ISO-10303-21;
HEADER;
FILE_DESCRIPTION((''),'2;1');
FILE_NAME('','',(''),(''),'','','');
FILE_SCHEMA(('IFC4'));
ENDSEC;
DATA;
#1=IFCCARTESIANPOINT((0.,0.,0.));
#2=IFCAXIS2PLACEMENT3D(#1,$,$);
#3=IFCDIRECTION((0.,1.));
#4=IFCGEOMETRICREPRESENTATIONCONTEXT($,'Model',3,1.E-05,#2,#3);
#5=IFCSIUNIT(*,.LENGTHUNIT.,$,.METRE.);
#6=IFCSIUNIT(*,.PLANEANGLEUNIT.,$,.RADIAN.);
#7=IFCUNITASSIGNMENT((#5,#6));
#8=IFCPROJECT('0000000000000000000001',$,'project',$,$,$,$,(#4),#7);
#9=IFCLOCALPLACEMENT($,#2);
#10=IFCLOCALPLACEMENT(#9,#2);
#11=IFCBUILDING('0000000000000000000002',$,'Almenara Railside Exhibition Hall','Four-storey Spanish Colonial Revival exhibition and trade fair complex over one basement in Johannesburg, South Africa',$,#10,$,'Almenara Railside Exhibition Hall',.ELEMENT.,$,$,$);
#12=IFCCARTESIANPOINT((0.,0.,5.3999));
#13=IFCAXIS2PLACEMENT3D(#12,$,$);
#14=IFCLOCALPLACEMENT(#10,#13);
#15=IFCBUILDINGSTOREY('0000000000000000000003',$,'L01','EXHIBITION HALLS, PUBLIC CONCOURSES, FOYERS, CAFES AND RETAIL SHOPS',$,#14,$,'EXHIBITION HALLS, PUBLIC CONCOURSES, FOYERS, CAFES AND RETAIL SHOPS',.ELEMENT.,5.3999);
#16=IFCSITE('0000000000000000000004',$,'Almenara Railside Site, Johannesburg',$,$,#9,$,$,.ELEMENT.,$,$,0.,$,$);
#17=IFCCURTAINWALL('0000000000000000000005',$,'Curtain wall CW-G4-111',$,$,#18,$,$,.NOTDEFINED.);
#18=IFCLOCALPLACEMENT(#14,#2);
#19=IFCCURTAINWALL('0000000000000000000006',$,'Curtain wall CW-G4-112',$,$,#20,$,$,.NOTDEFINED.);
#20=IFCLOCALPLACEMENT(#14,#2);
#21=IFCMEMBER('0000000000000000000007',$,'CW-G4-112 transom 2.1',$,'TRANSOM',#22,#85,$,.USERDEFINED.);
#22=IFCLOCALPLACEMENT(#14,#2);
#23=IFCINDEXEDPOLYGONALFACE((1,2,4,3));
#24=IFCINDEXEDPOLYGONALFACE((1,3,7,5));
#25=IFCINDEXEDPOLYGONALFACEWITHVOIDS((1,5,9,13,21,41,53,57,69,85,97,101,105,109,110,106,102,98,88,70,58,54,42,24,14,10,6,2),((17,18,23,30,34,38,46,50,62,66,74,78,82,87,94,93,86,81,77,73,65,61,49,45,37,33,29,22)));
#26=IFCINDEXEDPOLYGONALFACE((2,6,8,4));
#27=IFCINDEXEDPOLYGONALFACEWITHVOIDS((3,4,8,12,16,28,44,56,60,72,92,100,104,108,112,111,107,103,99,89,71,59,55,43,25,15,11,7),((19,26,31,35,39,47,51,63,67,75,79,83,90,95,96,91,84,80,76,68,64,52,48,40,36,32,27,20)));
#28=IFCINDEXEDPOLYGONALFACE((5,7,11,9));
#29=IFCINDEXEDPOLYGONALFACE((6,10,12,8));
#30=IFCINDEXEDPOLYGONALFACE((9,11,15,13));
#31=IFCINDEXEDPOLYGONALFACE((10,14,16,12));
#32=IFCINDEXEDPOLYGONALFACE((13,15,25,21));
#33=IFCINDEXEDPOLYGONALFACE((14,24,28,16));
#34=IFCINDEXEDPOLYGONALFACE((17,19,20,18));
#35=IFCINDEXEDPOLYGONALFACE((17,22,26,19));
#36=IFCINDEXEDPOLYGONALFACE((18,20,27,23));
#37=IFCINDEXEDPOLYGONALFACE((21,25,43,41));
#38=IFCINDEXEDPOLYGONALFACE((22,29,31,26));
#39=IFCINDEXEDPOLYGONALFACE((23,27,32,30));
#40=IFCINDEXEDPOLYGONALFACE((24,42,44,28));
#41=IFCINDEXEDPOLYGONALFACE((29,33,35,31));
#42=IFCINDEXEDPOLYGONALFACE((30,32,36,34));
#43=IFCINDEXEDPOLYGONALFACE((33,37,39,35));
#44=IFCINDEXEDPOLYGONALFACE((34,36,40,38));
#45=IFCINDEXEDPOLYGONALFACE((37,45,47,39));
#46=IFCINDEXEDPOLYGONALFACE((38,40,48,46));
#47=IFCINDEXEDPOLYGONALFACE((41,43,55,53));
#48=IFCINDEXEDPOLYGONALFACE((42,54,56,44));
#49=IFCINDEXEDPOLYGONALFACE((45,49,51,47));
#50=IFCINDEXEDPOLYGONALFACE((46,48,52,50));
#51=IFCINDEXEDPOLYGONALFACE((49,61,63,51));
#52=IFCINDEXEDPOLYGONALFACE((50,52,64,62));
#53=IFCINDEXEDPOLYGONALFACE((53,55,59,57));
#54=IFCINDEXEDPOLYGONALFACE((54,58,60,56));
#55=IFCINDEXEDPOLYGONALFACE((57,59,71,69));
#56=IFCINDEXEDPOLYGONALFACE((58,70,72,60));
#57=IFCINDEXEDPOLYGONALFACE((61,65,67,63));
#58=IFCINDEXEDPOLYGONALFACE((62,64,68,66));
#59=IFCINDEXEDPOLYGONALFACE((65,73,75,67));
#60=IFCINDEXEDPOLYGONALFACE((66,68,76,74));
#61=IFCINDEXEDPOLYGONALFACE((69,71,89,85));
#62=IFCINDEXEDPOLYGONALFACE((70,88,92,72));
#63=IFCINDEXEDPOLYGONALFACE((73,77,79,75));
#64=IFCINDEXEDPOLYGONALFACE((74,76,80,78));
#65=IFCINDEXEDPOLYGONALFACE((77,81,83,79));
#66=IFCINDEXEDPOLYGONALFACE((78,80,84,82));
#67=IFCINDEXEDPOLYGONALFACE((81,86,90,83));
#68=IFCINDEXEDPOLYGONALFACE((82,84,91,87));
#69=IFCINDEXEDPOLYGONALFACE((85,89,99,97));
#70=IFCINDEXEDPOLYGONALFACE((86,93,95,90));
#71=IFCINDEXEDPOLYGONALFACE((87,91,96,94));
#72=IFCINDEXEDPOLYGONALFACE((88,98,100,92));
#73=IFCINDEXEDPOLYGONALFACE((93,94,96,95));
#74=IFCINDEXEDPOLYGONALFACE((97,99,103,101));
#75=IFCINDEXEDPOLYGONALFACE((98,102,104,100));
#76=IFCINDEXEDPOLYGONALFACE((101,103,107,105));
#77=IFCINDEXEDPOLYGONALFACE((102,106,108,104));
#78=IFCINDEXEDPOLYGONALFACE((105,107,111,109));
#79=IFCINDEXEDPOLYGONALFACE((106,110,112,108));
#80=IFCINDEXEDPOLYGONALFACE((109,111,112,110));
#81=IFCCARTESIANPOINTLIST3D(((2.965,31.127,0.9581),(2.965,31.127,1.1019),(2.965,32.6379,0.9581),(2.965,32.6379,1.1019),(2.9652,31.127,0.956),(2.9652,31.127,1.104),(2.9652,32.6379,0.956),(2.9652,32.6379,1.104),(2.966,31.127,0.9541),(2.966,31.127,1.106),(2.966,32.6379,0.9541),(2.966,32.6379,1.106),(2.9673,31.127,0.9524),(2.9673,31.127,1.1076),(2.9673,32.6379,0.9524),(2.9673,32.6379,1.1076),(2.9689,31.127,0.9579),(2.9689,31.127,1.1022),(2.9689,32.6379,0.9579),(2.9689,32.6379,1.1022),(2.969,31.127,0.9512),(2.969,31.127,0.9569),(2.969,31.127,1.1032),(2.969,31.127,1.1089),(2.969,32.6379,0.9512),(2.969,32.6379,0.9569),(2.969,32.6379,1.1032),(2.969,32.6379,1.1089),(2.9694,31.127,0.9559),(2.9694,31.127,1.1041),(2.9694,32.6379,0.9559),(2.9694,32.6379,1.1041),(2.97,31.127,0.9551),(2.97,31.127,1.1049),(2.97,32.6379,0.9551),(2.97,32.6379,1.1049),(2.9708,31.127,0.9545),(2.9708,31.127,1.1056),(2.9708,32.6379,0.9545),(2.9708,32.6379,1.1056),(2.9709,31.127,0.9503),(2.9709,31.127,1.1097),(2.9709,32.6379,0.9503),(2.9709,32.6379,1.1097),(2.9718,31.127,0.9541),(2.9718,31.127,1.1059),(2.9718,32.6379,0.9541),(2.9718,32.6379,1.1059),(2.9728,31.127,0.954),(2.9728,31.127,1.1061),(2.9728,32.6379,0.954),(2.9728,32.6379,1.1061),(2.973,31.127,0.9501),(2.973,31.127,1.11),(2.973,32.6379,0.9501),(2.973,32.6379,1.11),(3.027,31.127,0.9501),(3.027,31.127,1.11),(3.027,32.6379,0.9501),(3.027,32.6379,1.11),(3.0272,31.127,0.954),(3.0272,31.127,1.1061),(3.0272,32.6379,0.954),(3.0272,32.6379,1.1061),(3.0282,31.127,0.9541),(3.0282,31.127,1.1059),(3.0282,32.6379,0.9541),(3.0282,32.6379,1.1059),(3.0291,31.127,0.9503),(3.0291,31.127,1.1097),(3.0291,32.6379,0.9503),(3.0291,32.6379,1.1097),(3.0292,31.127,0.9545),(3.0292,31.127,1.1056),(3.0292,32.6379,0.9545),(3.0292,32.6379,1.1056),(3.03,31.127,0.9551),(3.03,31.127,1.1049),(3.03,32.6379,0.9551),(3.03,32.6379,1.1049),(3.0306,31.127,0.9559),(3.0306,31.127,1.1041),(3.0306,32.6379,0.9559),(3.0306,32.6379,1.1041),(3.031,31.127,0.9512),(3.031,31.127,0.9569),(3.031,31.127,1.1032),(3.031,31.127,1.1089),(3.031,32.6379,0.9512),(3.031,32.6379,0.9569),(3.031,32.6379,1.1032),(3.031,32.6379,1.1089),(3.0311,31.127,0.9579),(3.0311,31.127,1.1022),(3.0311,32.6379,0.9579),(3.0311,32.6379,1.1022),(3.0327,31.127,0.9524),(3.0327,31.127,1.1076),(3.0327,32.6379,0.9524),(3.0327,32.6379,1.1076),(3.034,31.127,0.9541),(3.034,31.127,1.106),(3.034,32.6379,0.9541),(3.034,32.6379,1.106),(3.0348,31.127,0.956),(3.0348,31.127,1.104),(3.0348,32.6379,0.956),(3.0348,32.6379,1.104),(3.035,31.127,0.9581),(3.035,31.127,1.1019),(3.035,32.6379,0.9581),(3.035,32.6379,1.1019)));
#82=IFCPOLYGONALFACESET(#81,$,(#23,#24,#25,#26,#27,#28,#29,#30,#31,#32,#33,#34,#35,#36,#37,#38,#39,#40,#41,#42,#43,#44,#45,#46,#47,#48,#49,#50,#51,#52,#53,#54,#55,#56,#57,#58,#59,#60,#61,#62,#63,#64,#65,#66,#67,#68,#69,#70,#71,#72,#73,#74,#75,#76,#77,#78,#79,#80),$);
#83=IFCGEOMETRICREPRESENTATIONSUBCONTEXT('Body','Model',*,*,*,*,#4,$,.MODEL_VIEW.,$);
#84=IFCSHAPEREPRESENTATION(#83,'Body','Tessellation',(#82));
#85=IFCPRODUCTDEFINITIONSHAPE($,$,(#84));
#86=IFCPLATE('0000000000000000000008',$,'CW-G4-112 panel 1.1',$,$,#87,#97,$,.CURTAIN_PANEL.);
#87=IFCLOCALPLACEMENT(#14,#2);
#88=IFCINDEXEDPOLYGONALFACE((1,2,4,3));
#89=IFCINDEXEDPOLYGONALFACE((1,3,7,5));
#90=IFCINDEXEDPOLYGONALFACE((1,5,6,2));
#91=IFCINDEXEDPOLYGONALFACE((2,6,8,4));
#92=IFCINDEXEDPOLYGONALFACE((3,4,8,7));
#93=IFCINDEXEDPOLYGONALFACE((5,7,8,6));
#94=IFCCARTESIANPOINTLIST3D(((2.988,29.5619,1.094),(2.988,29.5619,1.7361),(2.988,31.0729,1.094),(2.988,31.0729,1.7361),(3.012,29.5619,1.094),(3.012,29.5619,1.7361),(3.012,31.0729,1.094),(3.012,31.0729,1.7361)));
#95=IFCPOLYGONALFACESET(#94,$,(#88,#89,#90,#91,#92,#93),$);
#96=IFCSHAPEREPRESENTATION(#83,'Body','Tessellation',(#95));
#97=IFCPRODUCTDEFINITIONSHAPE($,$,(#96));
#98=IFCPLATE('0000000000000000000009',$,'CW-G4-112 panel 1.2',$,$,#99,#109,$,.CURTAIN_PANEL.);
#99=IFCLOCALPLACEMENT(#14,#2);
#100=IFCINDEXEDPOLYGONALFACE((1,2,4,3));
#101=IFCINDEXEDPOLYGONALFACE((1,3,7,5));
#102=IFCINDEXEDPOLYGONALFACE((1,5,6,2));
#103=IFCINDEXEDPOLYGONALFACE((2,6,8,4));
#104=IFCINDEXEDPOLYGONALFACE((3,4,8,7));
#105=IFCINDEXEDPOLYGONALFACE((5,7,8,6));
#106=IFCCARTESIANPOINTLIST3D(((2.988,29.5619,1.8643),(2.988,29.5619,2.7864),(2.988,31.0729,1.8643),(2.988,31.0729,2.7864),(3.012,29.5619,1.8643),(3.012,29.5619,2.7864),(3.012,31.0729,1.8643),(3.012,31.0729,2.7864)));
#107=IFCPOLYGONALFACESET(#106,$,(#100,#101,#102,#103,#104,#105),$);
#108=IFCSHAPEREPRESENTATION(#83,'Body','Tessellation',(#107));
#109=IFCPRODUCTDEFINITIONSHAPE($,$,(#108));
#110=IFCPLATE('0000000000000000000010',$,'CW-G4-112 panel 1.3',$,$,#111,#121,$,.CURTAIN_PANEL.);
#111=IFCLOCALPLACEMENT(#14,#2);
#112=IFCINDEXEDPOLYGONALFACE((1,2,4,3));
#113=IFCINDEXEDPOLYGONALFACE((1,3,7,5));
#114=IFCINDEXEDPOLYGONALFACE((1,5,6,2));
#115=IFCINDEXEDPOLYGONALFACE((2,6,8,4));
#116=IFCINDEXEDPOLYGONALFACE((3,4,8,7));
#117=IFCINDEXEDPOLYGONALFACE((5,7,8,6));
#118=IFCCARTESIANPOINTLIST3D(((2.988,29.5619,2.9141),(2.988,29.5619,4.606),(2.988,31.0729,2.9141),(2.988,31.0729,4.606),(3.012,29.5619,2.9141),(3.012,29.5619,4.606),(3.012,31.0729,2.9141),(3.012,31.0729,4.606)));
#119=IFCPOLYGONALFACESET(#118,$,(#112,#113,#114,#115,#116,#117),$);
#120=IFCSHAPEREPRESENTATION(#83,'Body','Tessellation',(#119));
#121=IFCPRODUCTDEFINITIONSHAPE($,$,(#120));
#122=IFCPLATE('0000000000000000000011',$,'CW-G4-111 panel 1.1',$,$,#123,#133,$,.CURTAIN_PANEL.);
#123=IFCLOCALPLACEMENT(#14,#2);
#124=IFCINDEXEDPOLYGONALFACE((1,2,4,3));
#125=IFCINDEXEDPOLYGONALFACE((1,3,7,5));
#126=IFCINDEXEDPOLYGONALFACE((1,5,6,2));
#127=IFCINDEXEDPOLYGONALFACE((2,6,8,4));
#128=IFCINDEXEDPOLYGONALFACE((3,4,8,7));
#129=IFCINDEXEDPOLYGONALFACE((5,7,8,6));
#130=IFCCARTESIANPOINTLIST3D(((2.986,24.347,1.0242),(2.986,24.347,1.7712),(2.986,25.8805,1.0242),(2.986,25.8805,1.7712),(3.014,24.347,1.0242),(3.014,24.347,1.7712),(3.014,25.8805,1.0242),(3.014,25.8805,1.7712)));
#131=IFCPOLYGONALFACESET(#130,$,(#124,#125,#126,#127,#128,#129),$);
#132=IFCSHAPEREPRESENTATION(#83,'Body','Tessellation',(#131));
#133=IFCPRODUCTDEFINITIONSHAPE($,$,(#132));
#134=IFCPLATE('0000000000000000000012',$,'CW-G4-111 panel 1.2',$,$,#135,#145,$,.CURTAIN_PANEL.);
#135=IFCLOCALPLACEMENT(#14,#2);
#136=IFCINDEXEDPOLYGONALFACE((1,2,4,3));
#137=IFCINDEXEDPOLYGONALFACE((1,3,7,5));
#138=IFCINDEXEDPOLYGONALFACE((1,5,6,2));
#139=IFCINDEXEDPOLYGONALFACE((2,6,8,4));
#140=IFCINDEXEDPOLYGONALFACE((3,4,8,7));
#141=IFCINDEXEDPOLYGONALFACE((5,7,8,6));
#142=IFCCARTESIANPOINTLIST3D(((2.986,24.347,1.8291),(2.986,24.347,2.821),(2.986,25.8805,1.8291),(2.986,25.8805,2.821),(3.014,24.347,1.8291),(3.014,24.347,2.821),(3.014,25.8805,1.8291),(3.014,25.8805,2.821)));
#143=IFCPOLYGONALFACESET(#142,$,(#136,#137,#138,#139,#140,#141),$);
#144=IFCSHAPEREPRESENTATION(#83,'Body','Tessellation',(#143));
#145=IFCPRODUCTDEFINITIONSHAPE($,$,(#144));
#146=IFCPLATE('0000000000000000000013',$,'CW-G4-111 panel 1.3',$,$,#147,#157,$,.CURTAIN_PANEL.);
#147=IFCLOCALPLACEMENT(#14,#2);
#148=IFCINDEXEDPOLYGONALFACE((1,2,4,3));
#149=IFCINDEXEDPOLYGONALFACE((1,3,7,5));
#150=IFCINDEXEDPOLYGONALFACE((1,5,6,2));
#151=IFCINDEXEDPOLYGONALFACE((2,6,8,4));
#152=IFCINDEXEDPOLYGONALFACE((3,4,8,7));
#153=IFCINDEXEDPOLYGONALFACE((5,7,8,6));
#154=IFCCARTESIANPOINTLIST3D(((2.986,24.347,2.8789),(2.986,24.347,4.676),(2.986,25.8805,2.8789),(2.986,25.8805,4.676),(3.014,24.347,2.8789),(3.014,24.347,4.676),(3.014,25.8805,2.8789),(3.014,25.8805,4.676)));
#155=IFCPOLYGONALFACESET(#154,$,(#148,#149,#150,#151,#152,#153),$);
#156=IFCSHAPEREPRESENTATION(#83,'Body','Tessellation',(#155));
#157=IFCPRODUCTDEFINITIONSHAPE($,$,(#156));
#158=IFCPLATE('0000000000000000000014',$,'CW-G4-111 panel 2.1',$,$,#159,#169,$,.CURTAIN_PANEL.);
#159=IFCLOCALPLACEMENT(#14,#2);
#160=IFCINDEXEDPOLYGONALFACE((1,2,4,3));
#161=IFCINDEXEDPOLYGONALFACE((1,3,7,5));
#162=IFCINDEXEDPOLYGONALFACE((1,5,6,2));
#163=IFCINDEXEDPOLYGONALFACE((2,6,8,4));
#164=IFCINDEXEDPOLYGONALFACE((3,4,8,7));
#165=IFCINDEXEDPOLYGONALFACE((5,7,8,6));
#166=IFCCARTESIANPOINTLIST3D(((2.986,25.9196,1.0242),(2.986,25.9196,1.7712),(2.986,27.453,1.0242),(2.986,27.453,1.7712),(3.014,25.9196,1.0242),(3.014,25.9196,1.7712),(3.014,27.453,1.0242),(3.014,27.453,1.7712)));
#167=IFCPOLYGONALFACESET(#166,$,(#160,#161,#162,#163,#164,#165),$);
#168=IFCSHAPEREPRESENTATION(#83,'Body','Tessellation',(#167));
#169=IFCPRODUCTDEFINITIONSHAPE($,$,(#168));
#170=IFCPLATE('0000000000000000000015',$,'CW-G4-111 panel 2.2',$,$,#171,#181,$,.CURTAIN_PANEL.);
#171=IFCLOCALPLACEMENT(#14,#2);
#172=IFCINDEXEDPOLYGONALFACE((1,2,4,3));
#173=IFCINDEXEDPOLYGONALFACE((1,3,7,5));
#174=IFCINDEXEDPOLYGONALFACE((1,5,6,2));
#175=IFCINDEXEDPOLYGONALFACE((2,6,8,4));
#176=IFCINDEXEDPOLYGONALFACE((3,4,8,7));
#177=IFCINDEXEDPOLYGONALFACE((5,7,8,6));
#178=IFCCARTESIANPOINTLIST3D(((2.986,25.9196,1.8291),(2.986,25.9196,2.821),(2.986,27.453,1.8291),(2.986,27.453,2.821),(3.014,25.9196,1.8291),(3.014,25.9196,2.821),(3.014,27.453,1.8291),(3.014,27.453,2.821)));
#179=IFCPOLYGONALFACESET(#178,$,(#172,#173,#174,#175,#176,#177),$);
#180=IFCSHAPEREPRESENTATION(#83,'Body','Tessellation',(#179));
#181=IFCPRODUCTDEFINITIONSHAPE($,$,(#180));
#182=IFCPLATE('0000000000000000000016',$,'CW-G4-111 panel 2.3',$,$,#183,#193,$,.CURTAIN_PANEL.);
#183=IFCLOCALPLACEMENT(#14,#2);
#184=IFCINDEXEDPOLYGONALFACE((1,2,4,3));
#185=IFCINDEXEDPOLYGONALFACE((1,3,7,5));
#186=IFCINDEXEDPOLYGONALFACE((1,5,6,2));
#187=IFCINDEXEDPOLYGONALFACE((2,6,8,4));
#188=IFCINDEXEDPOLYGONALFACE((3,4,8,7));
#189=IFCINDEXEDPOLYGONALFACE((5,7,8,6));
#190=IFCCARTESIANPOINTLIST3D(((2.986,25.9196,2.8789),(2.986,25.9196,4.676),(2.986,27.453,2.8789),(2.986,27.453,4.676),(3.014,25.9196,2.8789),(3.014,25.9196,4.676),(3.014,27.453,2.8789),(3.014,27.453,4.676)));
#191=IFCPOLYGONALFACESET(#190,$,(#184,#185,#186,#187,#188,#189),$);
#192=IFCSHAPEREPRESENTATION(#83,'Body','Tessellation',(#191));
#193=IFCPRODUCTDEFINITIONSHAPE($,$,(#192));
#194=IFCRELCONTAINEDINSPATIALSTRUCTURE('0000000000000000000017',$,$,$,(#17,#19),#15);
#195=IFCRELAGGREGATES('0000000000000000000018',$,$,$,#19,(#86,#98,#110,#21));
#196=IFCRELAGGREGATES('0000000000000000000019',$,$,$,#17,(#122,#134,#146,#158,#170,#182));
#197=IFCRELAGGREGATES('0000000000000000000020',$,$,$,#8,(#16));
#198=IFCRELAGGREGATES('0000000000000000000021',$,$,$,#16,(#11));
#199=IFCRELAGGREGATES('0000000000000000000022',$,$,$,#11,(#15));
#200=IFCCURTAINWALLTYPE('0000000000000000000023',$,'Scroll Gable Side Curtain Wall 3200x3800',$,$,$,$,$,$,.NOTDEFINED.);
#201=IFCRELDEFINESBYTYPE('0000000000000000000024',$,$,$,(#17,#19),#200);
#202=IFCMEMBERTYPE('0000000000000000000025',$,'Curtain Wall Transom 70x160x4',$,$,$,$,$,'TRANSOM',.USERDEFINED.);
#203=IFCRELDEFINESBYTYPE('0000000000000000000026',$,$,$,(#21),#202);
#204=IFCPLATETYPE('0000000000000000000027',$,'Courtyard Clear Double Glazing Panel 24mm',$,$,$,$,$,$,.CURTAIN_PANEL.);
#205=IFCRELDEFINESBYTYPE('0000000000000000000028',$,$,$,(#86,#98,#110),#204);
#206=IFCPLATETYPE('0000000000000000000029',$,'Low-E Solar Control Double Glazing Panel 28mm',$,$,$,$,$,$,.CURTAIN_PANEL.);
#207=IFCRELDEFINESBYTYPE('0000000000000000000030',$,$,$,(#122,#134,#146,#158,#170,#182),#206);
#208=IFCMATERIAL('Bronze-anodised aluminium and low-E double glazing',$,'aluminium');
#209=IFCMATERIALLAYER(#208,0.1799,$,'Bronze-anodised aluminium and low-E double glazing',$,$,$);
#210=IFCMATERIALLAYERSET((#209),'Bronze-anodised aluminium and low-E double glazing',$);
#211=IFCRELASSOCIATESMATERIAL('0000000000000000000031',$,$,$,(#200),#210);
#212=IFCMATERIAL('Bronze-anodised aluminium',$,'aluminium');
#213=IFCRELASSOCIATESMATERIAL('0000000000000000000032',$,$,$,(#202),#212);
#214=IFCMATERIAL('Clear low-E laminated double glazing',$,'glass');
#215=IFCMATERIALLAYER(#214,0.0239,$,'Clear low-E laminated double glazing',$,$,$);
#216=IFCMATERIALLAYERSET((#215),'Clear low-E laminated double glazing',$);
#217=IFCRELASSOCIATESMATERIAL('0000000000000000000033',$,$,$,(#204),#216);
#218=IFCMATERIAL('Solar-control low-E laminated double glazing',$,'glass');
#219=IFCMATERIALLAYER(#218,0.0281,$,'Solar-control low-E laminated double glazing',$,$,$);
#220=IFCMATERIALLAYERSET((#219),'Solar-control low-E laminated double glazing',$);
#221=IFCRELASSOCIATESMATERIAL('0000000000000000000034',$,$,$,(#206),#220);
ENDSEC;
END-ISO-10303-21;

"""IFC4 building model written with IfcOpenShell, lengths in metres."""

from ifc_helpers import new_model, si_unit, direction, frame, origin, origin_2d, place, context, subcontext, project, spatial, rectangle, hollow_rectangle, extrude, material, layer, layer_set, material_profile, profile_set, type_object, element, aggregate, save


model = new_model("IFC4")

# Units and contexts
model_context = context("Model", 3, precision=1e-05, world=origin(), true_north=direction((0.0, 1.0)))
body_context = subcontext(model_context, "Body", "Model", "MODEL_VIEW")
ifc_project = project(units=[si_unit("LENGTHUNIT", "METRE"), si_unit("PLANEANGLEUNIT", "RADIAN")], contexts=[model_context])

# Site, building, storey
site_placement = place(None, origin())
site = spatial("IfcSite", under=ifc_project, at=site_placement, Name="Almenara Railside Site, Johannesburg", CompositionType="ELEMENT", RefElevation=0.0)
building_placement = place(site_placement, origin())
building = spatial("IfcBuilding", under=site, at=building_placement, Name="Almenara Railside Exhibition Hall", Description="Four-storey Spanish Colonial Revival exhibition and trade fair complex over one basement in Johannesburg, South Africa", LongName="Almenara Railside Exhibition Hall", CompositionType="ELEMENT")
storey_placement = place(building_placement, frame((0.0, 0.0, 5.3999)))
storey = spatial("IfcBuildingStorey", under=building, at=storey_placement, Name="L01", Description="EXHIBITION HALLS, PUBLIC CONCOURSES, FOYERS, CAFES AND RETAIL SHOPS", LongName="EXHIBITION HALLS, PUBLIC CONCOURSES, FOYERS, CAFES AND RETAIL SHOPS", CompositionType="ELEMENT", Elevation=5.3999)

# Curtain walls
ifc_material_1 = material(Name="Bronze-anodised aluminium and low-E double glazing", Category="aluminium")
ifc_layer_1 = layer(ifc_material_1, 0.1799, Name="Bronze-anodised aluminium and low-E double glazing")
ifc_layer_set_1 = layer_set([ifc_layer_1], Name="Bronze-anodised aluminium and low-E double glazing")
curtain_wall_type = type_object("IfcCurtainWallType", Name="Scroll Gable Side Curtain Wall 3200x3800", PredefinedType="NOTDEFINED", material=ifc_layer_set_1)
curtain_wall_1_placement = place(storey_placement, origin())
curtain_wall_1 = element("IfcCurtainWall", 1, at=curtain_wall_1_placement, inside=storey, type_object=curtain_wall_type, Name="Curtain wall CW-G4-111", PredefinedType="NOTDEFINED")
ifc_material_2 = material(Name="Bronze-anodised aluminium", Category="aluminium")
curtain_wall_2_placement = place(storey_placement, origin())
curtain_wall_2 = element("IfcCurtainWall", 2, at=curtain_wall_2_placement, inside=storey, type_object=curtain_wall_type, Name="Curtain wall CW-G4-112", PredefinedType="NOTDEFINED")

# Member
ifc_material_profile_1 = material_profile(ifc_material_2, hollow_rectangle(XDim=0.0701, YDim=0.1599, WallThickness=0.0039, InnerFilletRadius=0.0039, OuterFilletRadius=0.0081, at=origin_2d()), Name="ALU-TRN 70x160x4")
ifc_profile_set_1 = profile_set([ifc_material_profile_1], Name="Bronze-anodised aluminium")
member_type_1 = type_object("IfcMemberType", Name="Curtain Wall Transom 70x160x4", ElementType="TRANSOM", PredefinedType="USERDEFINED", material=ifc_profile_set_1)
member_1_placement = place(storey_placement, frame((3.0, 31.127, 1.03), z_axis=(0.0, 1.0, 0.0), x_axis=(-1.0, 0.0, 0.0)))
member_1 = element("IfcMember", 3, at=member_1_placement, type_object=member_type_1, Name="CW-G4-112 transom 2.1", ObjectType="TRANSOM", PredefinedType="USERDEFINED", context=body_context, shape_type="SweptSolid", body=[
    extrude(hollow_rectangle(XDim=0.0701, YDim=0.1599, WallThickness=0.0039, InnerFilletRadius=0.0039, OuterFilletRadius=0.0081, at=origin_2d()), origin(), (0.0, 0.0, 1.0), 1.511),
])

# Plates
ifc_material_3 = material(Name="Clear low-E laminated double glazing", Category="glass")
ifc_layer_2 = layer(ifc_material_3, 0.0239, Name="Clear low-E laminated double glazing")
ifc_layer_set_2 = layer_set([ifc_layer_2], Name="Clear low-E laminated double glazing")
plate_type_1 = type_object("IfcPlateType", Name="Courtyard Clear Double Glazing Panel 24mm", PredefinedType="CURTAIN_PANEL", material=ifc_layer_set_2)
plate_1_placement = place(storey_placement, frame((3.0, 30.3174, 1.094), z_axis=(0.0, 0.0, 1.0), x_axis=(0.0, 1.0, 0.0)))
plate_1 = element("IfcPlate", 4, at=plate_1_placement, type_object=plate_type_1, Name="CW-G4-112 panel 1.1", PredefinedType="CURTAIN_PANEL", context=body_context, shape_type="SweptSolid", body=[
    extrude(rectangle(XDim=1.511, YDim=0.0239, at=origin_2d()), origin(), (0.0, 0.0, 1.0), 0.6421),
])
plate_2_placement = place(storey_placement, frame((3.0, 30.3174, 1.8643), z_axis=(0.0, 0.0, 1.0), x_axis=(0.0, 1.0, 0.0)))
plate_2 = element("IfcPlate", 5, at=plate_2_placement, type_object=plate_type_1, Name="CW-G4-112 panel 1.2", PredefinedType="CURTAIN_PANEL", context=body_context, shape_type="SweptSolid", body=[
    extrude(rectangle(XDim=1.511, YDim=0.0239, at=origin_2d()), origin(), (0.0, 0.0, 1.0), 0.9221),
])
plate_3_placement = place(storey_placement, frame((3.0, 30.3174, 2.9141), z_axis=(0.0, 0.0, 1.0), x_axis=(0.0, 1.0, 0.0)))
plate_3 = element("IfcPlate", 6, at=plate_3_placement, type_object=plate_type_1, Name="CW-G4-112 panel 1.3", PredefinedType="CURTAIN_PANEL", context=body_context, shape_type="SweptSolid", body=[
    extrude(rectangle(XDim=1.511, YDim=0.0239, at=origin_2d()), origin(), (0.0, 0.0, 1.0), 1.6919),
])
aggregate(curtain_wall_2, [plate_1, plate_2, plate_3, member_1])
ifc_material_4 = material(Name="Solar-control low-E laminated double glazing", Category="glass")
ifc_layer_3 = layer(ifc_material_4, 0.0281, Name="Solar-control low-E laminated double glazing")
ifc_layer_set_3 = layer_set([ifc_layer_3], Name="Solar-control low-E laminated double glazing")
plate_type_2 = type_object("IfcPlateType", Name="Low-E Solar Control Double Glazing Panel 28mm", PredefinedType="CURTAIN_PANEL", material=ifc_layer_set_3)
plate_4_placement = place(storey_placement, frame((3.0, 25.1138, 1.0242), z_axis=(0.0, 0.0, 1.0), x_axis=(0.0, 1.0, 0.0)))
plate_4 = element("IfcPlate", 7, at=plate_4_placement, type_object=plate_type_2, Name="CW-G4-111 panel 1.1", PredefinedType="CURTAIN_PANEL", context=body_context, shape_type="SweptSolid", body=[
    extrude(rectangle(XDim=1.5334, YDim=0.0281, at=origin_2d()), origin(), (0.0, 0.0, 1.0), 0.7471),
])
plate_5_placement = place(storey_placement, frame((3.0, 25.1138, 1.8291), z_axis=(0.0, 0.0, 1.0), x_axis=(0.0, 1.0, 0.0)))
plate_5 = element("IfcPlate", 8, at=plate_5_placement, type_object=plate_type_2, Name="CW-G4-111 panel 1.2", PredefinedType="CURTAIN_PANEL", context=body_context, shape_type="SweptSolid", body=[
    extrude(rectangle(XDim=1.5334, YDim=0.0281, at=origin_2d()), origin(), (0.0, 0.0, 1.0), 0.9919),
])
plate_6_placement = place(storey_placement, frame((3.0, 25.1138, 2.8789), z_axis=(0.0, 0.0, 1.0), x_axis=(0.0, 1.0, 0.0)))
plate_6 = element("IfcPlate", 9, at=plate_6_placement, type_object=plate_type_2, Name="CW-G4-111 panel 1.3", PredefinedType="CURTAIN_PANEL", context=body_context, shape_type="SweptSolid", body=[
    extrude(rectangle(XDim=1.5334, YDim=0.0281, at=origin_2d()), origin(), (0.0, 0.0, 1.0), 1.7971),
])
plate_7_placement = place(storey_placement, frame((3.0, 26.6863, 1.0242), z_axis=(0.0, 0.0, 1.0), x_axis=(0.0, 1.0, 0.0)))
plate_7 = element("IfcPlate", 10, at=plate_7_placement, type_object=plate_type_2, Name="CW-G4-111 panel 2.1", PredefinedType="CURTAIN_PANEL", context=body_context, shape_type="SweptSolid", body=[
    extrude(rectangle(XDim=1.5334, YDim=0.0281, at=origin_2d()), origin(), (0.0, 0.0, 1.0), 0.7471),
])
plate_8_placement = place(storey_placement, frame((3.0, 26.6863, 1.8291), z_axis=(0.0, 0.0, 1.0), x_axis=(0.0, 1.0, 0.0)))
plate_8 = element("IfcPlate", 11, at=plate_8_placement, type_object=plate_type_2, Name="CW-G4-111 panel 2.2", PredefinedType="CURTAIN_PANEL", context=body_context, shape_type="SweptSolid", body=[
    extrude(rectangle(XDim=1.5334, YDim=0.0281, at=origin_2d()), origin(), (0.0, 0.0, 1.0), 0.9919),
])
plate_9_placement = place(storey_placement, frame((3.0, 26.6863, 2.8789), z_axis=(0.0, 0.0, 1.0), x_axis=(0.0, 1.0, 0.0)))
plate_9 = element("IfcPlate", 12, at=plate_9_placement, type_object=plate_type_2, Name="CW-G4-111 panel 2.3", PredefinedType="CURTAIN_PANEL", context=body_context, shape_type="SweptSolid", body=[
    extrude(rectangle(XDim=1.5334, YDim=0.0281, at=origin_2d()), origin(), (0.0, 0.0, 1.0), 1.7971),
])
aggregate(curtain_wall_1, [plate_4, plate_5, plate_6, plate_7, plate_8, plate_9])

save(model, "model.ifc")
